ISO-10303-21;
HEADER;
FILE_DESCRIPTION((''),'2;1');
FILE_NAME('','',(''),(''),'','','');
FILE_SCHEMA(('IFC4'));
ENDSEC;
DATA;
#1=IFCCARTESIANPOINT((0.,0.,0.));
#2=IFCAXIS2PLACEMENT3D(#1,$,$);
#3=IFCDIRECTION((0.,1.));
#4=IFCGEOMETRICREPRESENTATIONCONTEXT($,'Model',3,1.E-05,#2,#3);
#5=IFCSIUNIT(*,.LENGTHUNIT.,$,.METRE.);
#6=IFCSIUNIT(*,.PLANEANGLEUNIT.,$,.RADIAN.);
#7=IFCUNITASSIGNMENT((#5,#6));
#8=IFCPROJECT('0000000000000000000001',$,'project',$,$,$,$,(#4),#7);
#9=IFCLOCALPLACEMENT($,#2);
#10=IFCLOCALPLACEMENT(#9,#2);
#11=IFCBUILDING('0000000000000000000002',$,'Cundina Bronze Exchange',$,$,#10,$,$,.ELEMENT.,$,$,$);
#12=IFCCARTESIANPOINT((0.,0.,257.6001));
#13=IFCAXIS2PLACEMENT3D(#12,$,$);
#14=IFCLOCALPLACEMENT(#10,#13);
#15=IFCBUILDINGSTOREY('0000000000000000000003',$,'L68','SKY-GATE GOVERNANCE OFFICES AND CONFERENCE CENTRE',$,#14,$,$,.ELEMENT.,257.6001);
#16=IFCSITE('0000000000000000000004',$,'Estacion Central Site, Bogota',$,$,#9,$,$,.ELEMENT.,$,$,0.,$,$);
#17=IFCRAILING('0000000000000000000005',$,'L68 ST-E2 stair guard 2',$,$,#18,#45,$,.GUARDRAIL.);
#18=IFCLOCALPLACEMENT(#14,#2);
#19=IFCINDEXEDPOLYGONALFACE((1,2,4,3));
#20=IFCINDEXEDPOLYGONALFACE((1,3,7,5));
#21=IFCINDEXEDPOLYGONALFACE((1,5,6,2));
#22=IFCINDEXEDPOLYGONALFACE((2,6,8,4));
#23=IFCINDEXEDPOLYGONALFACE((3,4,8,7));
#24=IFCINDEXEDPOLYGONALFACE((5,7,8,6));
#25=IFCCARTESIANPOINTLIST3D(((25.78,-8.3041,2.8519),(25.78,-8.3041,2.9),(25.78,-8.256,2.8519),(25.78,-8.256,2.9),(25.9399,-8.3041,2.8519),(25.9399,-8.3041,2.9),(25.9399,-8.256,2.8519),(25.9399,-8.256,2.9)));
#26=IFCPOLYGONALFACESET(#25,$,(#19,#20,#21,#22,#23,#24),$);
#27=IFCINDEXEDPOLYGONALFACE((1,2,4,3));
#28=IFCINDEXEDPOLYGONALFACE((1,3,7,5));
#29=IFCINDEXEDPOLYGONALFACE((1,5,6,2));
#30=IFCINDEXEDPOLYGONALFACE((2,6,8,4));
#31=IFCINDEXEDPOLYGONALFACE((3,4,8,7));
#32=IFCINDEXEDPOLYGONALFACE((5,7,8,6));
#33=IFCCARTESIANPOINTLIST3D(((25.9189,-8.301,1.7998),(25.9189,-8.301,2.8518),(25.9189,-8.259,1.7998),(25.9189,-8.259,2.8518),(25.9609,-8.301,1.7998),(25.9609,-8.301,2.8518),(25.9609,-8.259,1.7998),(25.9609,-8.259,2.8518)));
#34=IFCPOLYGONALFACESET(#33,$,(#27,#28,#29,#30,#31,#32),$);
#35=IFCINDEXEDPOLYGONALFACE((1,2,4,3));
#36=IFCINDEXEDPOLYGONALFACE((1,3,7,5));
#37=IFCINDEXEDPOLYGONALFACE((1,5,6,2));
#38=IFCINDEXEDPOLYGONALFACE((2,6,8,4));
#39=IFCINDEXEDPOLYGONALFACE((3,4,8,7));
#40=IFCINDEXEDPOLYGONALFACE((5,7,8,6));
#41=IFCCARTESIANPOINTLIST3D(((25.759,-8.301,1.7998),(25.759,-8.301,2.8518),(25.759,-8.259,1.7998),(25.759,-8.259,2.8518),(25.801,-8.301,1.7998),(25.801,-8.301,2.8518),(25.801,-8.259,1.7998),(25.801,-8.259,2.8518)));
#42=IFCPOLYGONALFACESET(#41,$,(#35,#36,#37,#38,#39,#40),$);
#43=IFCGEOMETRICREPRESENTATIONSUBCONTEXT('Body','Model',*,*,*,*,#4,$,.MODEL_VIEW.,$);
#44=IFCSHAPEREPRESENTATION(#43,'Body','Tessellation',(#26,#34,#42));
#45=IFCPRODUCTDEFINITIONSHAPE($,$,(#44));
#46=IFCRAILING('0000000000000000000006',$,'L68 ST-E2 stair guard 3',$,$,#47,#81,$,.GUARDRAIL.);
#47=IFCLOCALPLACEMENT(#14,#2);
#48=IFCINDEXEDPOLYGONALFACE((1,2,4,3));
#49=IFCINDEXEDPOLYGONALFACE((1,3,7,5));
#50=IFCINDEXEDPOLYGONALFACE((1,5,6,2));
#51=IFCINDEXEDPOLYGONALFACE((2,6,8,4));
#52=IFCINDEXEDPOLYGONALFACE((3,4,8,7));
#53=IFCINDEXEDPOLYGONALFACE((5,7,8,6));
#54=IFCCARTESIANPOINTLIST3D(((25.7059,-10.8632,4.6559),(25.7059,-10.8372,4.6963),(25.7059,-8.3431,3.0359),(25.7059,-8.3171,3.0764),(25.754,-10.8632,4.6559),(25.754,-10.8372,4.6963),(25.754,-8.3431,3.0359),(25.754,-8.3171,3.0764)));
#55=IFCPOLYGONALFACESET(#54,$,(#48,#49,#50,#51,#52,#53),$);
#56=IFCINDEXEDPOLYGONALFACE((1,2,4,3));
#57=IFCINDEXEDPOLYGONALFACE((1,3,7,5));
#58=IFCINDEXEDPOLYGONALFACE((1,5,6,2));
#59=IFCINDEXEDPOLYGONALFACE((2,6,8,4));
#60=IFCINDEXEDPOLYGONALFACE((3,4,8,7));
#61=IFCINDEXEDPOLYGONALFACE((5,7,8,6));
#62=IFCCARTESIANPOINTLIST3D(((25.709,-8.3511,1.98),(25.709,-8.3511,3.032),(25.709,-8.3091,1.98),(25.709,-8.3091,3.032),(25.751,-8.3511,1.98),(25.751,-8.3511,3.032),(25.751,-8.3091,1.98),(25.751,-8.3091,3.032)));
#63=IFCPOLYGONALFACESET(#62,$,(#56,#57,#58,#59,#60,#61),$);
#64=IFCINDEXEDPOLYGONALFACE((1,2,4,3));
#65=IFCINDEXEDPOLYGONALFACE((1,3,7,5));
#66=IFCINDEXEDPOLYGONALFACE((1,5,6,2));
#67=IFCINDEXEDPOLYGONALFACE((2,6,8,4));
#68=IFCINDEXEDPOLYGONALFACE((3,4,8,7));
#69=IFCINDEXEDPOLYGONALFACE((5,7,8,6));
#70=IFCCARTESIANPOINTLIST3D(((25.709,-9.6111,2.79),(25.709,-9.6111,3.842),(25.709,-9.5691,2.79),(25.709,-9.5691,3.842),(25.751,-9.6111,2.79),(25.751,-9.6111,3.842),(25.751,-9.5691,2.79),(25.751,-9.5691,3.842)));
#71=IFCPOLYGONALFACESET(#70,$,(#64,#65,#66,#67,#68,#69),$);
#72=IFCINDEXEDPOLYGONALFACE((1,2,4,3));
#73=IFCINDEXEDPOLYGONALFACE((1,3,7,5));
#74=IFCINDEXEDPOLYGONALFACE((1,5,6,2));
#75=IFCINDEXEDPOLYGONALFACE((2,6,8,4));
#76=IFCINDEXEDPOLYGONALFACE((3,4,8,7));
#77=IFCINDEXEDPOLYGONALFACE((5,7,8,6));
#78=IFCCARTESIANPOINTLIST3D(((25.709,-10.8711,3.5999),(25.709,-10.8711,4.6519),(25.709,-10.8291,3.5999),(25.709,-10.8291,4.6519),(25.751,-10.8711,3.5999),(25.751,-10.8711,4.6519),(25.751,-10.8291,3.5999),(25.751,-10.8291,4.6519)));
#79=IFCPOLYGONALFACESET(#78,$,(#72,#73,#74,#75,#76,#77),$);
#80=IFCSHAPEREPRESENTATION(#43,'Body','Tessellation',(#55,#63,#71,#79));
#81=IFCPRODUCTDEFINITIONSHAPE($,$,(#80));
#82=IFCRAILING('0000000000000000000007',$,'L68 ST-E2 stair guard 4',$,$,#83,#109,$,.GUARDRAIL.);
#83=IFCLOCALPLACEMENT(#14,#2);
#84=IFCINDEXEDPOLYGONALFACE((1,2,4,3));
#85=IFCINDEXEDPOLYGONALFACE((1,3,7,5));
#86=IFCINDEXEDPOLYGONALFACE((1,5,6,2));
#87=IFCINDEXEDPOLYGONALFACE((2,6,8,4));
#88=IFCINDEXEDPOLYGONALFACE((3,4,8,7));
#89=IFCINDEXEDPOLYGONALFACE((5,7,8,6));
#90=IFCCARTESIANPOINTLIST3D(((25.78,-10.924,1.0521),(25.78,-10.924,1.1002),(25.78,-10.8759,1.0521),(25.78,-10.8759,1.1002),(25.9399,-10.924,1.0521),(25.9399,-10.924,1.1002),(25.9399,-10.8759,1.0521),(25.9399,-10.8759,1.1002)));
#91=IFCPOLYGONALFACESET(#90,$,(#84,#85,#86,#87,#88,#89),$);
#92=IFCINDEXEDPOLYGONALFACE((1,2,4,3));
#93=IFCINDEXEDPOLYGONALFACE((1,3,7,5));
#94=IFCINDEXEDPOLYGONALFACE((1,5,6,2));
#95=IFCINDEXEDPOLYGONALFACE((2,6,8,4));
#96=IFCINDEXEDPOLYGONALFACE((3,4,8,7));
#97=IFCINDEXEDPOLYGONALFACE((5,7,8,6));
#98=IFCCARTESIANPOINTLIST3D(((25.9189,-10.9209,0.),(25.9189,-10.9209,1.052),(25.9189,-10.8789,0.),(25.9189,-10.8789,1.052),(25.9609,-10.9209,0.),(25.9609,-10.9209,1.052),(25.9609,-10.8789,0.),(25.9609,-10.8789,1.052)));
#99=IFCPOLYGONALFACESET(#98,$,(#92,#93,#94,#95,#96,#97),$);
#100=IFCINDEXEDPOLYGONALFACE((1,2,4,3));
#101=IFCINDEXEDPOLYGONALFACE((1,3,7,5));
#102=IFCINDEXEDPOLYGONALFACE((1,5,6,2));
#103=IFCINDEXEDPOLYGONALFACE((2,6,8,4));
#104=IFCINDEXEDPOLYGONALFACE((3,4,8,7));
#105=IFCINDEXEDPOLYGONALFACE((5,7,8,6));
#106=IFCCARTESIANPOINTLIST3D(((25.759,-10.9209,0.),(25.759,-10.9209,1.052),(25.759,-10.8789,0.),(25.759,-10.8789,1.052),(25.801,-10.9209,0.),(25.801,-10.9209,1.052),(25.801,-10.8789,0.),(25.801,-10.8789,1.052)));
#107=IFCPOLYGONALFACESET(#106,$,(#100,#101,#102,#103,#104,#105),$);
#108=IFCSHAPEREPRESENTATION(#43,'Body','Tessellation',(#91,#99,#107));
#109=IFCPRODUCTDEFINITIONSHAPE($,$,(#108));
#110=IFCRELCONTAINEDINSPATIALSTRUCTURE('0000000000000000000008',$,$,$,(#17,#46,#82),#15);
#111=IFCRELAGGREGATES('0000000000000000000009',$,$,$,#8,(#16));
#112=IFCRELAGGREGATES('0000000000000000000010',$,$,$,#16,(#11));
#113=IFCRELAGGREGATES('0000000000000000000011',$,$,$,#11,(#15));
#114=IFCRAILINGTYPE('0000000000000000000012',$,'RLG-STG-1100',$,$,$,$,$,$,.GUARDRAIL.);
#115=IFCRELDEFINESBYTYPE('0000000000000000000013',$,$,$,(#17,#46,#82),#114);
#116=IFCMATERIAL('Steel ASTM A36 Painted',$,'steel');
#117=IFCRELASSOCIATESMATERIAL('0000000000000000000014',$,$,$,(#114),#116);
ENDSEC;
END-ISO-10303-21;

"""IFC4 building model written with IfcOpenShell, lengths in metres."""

from ifc_helpers import new_model, si_unit, direction, frame, origin, origin_2d, place, context, subcontext, project, spatial, rectangle, extrude, material, type_object, element, save


model = new_model("IFC4")

# Units and contexts
model_context = context("Model", 3, precision=1e-05, world=origin(), true_north=direction((0.0, 1.0)))
body_context = subcontext(model_context, "Body", "Model", "MODEL_VIEW")
ifc_project = project(units=[si_unit("LENGTHUNIT", "METRE"), si_unit("PLANEANGLEUNIT", "RADIAN")], contexts=[model_context])

# Site, building, storey
site_placement = place(None, origin())
site = spatial("IfcSite", under=ifc_project, at=site_placement, Name="Estacion Central Site, Bogota", CompositionType="ELEMENT", RefElevation=0.0)
building_placement = place(site_placement, origin())
building = spatial("IfcBuilding", under=site, at=building_placement, Name="Cundina Bronze Exchange", CompositionType="ELEMENT")
storey_placement = place(building_placement, frame((0.0, 0.0, 257.6001)))
storey = spatial("IfcBuildingStorey", under=building, at=storey_placement, Name="L68", Description="SKY-GATE GOVERNANCE OFFICES AND CONFERENCE CENTRE", CompositionType="ELEMENT", Elevation=257.6001)

# Shared definitions
ifc_material_1 = material(Name="Steel ASTM A36 Painted", Category="steel")

# Railings
railing_type_1 = type_object("IfcRailingType", Name="RLG-STG-1100", PredefinedType="GUARDRAIL", material=ifc_material_1)
railing_1_placement = place(storey_placement, frame((25.9399, -8.28, 1.7998)))
element("IfcRailing", 1, at=railing_1_placement, inside=storey, type_object=railing_type_1, Name="L68 ST-E2 stair guard 2", PredefinedType="GUARDRAIL", context=body_context, shape_type="SweptSolid", body=[
    extrude(rectangle(XDim=0.0481, YDim=0.0481, at=origin_2d()), frame((0.0, 0.0, 1.0762), z_axis=(-1.0, 0.0, 0.0), x_axis=(0.0, -1.0, 0.0)), (0.0, 0.0, 1.0), 0.1599),
    extrude(rectangle(XDim=0.042, YDim=0.042, at=origin_2d()), origin(), (0.0, 0.0, 1.0), 1.052),
    extrude(rectangle(XDim=0.042, YDim=0.042, at=origin_2d()), frame((-0.1599, 0.0, 0.0)), (0.0, 0.0, 1.0), 1.052),
])
railing_2_placement = place(storey_placement, frame((25.73, -8.3301, 1.98)))
element("IfcRailing", 2, at=railing_2_placement, inside=storey, type_object=railing_type_1, Name="L68 ST-E2 stair guard 3", PredefinedType="GUARDRAIL", context=body_context, shape_type="SweptSolid", body=[
    extrude(rectangle(XDim=0.0481, YDim=0.0481, at=origin_2d()), frame((0.0, 0.0, 1.0762), z_axis=(0.0, -0.8412, 0.540725), x_axis=(1.0, 0.0, 0.0)), (0.0, 0.0, 1.0), 2.9958),
    extrude(rectangle(XDim=0.042, YDim=0.042, at=origin_2d()), origin(), (0.0, 0.0, 1.0), 1.052),
    extrude(rectangle(XDim=0.042, YDim=0.042, at=origin_2d()), frame((0.0, -1.26, 0.8101)), (0.0, 0.0, 1.0), 1.052),
    extrude(rectangle(XDim=0.042, YDim=0.042, at=origin_2d()), frame((0.0, -2.52, 1.6199)), (0.0, 0.0, 1.0), 1.052),
])
railing_3_placement = place(storey_placement, frame((25.9399, -10.8999, 0.0)))
element("IfcRailing", 3, at=railing_3_placement, inside=storey, type_object=railing_type_1, Name="L68 ST-E2 stair guard 4", PredefinedType="GUARDRAIL", context=body_context, shape_type="SweptSolid", body=[
    extrude(rectangle(XDim=0.0481, YDim=0.0481, at=origin_2d()), frame((0.0, 0.0, 1.0762), z_axis=(-1.0, 0.0, 0.0), x_axis=(0.0, -1.0, 0.0)), (0.0, 0.0, 1.0), 0.1599),
    extrude(rectangle(XDim=0.042, YDim=0.042, at=origin_2d()), origin(), (0.0, 0.0, 1.0), 1.052),
    extrude(rectangle(XDim=0.042, YDim=0.042, at=origin_2d()), frame((-0.1599, 0.0, 0.0)), (0.0, 0.0, 1.0), 1.052),
])

save(model, "model.ifc")
